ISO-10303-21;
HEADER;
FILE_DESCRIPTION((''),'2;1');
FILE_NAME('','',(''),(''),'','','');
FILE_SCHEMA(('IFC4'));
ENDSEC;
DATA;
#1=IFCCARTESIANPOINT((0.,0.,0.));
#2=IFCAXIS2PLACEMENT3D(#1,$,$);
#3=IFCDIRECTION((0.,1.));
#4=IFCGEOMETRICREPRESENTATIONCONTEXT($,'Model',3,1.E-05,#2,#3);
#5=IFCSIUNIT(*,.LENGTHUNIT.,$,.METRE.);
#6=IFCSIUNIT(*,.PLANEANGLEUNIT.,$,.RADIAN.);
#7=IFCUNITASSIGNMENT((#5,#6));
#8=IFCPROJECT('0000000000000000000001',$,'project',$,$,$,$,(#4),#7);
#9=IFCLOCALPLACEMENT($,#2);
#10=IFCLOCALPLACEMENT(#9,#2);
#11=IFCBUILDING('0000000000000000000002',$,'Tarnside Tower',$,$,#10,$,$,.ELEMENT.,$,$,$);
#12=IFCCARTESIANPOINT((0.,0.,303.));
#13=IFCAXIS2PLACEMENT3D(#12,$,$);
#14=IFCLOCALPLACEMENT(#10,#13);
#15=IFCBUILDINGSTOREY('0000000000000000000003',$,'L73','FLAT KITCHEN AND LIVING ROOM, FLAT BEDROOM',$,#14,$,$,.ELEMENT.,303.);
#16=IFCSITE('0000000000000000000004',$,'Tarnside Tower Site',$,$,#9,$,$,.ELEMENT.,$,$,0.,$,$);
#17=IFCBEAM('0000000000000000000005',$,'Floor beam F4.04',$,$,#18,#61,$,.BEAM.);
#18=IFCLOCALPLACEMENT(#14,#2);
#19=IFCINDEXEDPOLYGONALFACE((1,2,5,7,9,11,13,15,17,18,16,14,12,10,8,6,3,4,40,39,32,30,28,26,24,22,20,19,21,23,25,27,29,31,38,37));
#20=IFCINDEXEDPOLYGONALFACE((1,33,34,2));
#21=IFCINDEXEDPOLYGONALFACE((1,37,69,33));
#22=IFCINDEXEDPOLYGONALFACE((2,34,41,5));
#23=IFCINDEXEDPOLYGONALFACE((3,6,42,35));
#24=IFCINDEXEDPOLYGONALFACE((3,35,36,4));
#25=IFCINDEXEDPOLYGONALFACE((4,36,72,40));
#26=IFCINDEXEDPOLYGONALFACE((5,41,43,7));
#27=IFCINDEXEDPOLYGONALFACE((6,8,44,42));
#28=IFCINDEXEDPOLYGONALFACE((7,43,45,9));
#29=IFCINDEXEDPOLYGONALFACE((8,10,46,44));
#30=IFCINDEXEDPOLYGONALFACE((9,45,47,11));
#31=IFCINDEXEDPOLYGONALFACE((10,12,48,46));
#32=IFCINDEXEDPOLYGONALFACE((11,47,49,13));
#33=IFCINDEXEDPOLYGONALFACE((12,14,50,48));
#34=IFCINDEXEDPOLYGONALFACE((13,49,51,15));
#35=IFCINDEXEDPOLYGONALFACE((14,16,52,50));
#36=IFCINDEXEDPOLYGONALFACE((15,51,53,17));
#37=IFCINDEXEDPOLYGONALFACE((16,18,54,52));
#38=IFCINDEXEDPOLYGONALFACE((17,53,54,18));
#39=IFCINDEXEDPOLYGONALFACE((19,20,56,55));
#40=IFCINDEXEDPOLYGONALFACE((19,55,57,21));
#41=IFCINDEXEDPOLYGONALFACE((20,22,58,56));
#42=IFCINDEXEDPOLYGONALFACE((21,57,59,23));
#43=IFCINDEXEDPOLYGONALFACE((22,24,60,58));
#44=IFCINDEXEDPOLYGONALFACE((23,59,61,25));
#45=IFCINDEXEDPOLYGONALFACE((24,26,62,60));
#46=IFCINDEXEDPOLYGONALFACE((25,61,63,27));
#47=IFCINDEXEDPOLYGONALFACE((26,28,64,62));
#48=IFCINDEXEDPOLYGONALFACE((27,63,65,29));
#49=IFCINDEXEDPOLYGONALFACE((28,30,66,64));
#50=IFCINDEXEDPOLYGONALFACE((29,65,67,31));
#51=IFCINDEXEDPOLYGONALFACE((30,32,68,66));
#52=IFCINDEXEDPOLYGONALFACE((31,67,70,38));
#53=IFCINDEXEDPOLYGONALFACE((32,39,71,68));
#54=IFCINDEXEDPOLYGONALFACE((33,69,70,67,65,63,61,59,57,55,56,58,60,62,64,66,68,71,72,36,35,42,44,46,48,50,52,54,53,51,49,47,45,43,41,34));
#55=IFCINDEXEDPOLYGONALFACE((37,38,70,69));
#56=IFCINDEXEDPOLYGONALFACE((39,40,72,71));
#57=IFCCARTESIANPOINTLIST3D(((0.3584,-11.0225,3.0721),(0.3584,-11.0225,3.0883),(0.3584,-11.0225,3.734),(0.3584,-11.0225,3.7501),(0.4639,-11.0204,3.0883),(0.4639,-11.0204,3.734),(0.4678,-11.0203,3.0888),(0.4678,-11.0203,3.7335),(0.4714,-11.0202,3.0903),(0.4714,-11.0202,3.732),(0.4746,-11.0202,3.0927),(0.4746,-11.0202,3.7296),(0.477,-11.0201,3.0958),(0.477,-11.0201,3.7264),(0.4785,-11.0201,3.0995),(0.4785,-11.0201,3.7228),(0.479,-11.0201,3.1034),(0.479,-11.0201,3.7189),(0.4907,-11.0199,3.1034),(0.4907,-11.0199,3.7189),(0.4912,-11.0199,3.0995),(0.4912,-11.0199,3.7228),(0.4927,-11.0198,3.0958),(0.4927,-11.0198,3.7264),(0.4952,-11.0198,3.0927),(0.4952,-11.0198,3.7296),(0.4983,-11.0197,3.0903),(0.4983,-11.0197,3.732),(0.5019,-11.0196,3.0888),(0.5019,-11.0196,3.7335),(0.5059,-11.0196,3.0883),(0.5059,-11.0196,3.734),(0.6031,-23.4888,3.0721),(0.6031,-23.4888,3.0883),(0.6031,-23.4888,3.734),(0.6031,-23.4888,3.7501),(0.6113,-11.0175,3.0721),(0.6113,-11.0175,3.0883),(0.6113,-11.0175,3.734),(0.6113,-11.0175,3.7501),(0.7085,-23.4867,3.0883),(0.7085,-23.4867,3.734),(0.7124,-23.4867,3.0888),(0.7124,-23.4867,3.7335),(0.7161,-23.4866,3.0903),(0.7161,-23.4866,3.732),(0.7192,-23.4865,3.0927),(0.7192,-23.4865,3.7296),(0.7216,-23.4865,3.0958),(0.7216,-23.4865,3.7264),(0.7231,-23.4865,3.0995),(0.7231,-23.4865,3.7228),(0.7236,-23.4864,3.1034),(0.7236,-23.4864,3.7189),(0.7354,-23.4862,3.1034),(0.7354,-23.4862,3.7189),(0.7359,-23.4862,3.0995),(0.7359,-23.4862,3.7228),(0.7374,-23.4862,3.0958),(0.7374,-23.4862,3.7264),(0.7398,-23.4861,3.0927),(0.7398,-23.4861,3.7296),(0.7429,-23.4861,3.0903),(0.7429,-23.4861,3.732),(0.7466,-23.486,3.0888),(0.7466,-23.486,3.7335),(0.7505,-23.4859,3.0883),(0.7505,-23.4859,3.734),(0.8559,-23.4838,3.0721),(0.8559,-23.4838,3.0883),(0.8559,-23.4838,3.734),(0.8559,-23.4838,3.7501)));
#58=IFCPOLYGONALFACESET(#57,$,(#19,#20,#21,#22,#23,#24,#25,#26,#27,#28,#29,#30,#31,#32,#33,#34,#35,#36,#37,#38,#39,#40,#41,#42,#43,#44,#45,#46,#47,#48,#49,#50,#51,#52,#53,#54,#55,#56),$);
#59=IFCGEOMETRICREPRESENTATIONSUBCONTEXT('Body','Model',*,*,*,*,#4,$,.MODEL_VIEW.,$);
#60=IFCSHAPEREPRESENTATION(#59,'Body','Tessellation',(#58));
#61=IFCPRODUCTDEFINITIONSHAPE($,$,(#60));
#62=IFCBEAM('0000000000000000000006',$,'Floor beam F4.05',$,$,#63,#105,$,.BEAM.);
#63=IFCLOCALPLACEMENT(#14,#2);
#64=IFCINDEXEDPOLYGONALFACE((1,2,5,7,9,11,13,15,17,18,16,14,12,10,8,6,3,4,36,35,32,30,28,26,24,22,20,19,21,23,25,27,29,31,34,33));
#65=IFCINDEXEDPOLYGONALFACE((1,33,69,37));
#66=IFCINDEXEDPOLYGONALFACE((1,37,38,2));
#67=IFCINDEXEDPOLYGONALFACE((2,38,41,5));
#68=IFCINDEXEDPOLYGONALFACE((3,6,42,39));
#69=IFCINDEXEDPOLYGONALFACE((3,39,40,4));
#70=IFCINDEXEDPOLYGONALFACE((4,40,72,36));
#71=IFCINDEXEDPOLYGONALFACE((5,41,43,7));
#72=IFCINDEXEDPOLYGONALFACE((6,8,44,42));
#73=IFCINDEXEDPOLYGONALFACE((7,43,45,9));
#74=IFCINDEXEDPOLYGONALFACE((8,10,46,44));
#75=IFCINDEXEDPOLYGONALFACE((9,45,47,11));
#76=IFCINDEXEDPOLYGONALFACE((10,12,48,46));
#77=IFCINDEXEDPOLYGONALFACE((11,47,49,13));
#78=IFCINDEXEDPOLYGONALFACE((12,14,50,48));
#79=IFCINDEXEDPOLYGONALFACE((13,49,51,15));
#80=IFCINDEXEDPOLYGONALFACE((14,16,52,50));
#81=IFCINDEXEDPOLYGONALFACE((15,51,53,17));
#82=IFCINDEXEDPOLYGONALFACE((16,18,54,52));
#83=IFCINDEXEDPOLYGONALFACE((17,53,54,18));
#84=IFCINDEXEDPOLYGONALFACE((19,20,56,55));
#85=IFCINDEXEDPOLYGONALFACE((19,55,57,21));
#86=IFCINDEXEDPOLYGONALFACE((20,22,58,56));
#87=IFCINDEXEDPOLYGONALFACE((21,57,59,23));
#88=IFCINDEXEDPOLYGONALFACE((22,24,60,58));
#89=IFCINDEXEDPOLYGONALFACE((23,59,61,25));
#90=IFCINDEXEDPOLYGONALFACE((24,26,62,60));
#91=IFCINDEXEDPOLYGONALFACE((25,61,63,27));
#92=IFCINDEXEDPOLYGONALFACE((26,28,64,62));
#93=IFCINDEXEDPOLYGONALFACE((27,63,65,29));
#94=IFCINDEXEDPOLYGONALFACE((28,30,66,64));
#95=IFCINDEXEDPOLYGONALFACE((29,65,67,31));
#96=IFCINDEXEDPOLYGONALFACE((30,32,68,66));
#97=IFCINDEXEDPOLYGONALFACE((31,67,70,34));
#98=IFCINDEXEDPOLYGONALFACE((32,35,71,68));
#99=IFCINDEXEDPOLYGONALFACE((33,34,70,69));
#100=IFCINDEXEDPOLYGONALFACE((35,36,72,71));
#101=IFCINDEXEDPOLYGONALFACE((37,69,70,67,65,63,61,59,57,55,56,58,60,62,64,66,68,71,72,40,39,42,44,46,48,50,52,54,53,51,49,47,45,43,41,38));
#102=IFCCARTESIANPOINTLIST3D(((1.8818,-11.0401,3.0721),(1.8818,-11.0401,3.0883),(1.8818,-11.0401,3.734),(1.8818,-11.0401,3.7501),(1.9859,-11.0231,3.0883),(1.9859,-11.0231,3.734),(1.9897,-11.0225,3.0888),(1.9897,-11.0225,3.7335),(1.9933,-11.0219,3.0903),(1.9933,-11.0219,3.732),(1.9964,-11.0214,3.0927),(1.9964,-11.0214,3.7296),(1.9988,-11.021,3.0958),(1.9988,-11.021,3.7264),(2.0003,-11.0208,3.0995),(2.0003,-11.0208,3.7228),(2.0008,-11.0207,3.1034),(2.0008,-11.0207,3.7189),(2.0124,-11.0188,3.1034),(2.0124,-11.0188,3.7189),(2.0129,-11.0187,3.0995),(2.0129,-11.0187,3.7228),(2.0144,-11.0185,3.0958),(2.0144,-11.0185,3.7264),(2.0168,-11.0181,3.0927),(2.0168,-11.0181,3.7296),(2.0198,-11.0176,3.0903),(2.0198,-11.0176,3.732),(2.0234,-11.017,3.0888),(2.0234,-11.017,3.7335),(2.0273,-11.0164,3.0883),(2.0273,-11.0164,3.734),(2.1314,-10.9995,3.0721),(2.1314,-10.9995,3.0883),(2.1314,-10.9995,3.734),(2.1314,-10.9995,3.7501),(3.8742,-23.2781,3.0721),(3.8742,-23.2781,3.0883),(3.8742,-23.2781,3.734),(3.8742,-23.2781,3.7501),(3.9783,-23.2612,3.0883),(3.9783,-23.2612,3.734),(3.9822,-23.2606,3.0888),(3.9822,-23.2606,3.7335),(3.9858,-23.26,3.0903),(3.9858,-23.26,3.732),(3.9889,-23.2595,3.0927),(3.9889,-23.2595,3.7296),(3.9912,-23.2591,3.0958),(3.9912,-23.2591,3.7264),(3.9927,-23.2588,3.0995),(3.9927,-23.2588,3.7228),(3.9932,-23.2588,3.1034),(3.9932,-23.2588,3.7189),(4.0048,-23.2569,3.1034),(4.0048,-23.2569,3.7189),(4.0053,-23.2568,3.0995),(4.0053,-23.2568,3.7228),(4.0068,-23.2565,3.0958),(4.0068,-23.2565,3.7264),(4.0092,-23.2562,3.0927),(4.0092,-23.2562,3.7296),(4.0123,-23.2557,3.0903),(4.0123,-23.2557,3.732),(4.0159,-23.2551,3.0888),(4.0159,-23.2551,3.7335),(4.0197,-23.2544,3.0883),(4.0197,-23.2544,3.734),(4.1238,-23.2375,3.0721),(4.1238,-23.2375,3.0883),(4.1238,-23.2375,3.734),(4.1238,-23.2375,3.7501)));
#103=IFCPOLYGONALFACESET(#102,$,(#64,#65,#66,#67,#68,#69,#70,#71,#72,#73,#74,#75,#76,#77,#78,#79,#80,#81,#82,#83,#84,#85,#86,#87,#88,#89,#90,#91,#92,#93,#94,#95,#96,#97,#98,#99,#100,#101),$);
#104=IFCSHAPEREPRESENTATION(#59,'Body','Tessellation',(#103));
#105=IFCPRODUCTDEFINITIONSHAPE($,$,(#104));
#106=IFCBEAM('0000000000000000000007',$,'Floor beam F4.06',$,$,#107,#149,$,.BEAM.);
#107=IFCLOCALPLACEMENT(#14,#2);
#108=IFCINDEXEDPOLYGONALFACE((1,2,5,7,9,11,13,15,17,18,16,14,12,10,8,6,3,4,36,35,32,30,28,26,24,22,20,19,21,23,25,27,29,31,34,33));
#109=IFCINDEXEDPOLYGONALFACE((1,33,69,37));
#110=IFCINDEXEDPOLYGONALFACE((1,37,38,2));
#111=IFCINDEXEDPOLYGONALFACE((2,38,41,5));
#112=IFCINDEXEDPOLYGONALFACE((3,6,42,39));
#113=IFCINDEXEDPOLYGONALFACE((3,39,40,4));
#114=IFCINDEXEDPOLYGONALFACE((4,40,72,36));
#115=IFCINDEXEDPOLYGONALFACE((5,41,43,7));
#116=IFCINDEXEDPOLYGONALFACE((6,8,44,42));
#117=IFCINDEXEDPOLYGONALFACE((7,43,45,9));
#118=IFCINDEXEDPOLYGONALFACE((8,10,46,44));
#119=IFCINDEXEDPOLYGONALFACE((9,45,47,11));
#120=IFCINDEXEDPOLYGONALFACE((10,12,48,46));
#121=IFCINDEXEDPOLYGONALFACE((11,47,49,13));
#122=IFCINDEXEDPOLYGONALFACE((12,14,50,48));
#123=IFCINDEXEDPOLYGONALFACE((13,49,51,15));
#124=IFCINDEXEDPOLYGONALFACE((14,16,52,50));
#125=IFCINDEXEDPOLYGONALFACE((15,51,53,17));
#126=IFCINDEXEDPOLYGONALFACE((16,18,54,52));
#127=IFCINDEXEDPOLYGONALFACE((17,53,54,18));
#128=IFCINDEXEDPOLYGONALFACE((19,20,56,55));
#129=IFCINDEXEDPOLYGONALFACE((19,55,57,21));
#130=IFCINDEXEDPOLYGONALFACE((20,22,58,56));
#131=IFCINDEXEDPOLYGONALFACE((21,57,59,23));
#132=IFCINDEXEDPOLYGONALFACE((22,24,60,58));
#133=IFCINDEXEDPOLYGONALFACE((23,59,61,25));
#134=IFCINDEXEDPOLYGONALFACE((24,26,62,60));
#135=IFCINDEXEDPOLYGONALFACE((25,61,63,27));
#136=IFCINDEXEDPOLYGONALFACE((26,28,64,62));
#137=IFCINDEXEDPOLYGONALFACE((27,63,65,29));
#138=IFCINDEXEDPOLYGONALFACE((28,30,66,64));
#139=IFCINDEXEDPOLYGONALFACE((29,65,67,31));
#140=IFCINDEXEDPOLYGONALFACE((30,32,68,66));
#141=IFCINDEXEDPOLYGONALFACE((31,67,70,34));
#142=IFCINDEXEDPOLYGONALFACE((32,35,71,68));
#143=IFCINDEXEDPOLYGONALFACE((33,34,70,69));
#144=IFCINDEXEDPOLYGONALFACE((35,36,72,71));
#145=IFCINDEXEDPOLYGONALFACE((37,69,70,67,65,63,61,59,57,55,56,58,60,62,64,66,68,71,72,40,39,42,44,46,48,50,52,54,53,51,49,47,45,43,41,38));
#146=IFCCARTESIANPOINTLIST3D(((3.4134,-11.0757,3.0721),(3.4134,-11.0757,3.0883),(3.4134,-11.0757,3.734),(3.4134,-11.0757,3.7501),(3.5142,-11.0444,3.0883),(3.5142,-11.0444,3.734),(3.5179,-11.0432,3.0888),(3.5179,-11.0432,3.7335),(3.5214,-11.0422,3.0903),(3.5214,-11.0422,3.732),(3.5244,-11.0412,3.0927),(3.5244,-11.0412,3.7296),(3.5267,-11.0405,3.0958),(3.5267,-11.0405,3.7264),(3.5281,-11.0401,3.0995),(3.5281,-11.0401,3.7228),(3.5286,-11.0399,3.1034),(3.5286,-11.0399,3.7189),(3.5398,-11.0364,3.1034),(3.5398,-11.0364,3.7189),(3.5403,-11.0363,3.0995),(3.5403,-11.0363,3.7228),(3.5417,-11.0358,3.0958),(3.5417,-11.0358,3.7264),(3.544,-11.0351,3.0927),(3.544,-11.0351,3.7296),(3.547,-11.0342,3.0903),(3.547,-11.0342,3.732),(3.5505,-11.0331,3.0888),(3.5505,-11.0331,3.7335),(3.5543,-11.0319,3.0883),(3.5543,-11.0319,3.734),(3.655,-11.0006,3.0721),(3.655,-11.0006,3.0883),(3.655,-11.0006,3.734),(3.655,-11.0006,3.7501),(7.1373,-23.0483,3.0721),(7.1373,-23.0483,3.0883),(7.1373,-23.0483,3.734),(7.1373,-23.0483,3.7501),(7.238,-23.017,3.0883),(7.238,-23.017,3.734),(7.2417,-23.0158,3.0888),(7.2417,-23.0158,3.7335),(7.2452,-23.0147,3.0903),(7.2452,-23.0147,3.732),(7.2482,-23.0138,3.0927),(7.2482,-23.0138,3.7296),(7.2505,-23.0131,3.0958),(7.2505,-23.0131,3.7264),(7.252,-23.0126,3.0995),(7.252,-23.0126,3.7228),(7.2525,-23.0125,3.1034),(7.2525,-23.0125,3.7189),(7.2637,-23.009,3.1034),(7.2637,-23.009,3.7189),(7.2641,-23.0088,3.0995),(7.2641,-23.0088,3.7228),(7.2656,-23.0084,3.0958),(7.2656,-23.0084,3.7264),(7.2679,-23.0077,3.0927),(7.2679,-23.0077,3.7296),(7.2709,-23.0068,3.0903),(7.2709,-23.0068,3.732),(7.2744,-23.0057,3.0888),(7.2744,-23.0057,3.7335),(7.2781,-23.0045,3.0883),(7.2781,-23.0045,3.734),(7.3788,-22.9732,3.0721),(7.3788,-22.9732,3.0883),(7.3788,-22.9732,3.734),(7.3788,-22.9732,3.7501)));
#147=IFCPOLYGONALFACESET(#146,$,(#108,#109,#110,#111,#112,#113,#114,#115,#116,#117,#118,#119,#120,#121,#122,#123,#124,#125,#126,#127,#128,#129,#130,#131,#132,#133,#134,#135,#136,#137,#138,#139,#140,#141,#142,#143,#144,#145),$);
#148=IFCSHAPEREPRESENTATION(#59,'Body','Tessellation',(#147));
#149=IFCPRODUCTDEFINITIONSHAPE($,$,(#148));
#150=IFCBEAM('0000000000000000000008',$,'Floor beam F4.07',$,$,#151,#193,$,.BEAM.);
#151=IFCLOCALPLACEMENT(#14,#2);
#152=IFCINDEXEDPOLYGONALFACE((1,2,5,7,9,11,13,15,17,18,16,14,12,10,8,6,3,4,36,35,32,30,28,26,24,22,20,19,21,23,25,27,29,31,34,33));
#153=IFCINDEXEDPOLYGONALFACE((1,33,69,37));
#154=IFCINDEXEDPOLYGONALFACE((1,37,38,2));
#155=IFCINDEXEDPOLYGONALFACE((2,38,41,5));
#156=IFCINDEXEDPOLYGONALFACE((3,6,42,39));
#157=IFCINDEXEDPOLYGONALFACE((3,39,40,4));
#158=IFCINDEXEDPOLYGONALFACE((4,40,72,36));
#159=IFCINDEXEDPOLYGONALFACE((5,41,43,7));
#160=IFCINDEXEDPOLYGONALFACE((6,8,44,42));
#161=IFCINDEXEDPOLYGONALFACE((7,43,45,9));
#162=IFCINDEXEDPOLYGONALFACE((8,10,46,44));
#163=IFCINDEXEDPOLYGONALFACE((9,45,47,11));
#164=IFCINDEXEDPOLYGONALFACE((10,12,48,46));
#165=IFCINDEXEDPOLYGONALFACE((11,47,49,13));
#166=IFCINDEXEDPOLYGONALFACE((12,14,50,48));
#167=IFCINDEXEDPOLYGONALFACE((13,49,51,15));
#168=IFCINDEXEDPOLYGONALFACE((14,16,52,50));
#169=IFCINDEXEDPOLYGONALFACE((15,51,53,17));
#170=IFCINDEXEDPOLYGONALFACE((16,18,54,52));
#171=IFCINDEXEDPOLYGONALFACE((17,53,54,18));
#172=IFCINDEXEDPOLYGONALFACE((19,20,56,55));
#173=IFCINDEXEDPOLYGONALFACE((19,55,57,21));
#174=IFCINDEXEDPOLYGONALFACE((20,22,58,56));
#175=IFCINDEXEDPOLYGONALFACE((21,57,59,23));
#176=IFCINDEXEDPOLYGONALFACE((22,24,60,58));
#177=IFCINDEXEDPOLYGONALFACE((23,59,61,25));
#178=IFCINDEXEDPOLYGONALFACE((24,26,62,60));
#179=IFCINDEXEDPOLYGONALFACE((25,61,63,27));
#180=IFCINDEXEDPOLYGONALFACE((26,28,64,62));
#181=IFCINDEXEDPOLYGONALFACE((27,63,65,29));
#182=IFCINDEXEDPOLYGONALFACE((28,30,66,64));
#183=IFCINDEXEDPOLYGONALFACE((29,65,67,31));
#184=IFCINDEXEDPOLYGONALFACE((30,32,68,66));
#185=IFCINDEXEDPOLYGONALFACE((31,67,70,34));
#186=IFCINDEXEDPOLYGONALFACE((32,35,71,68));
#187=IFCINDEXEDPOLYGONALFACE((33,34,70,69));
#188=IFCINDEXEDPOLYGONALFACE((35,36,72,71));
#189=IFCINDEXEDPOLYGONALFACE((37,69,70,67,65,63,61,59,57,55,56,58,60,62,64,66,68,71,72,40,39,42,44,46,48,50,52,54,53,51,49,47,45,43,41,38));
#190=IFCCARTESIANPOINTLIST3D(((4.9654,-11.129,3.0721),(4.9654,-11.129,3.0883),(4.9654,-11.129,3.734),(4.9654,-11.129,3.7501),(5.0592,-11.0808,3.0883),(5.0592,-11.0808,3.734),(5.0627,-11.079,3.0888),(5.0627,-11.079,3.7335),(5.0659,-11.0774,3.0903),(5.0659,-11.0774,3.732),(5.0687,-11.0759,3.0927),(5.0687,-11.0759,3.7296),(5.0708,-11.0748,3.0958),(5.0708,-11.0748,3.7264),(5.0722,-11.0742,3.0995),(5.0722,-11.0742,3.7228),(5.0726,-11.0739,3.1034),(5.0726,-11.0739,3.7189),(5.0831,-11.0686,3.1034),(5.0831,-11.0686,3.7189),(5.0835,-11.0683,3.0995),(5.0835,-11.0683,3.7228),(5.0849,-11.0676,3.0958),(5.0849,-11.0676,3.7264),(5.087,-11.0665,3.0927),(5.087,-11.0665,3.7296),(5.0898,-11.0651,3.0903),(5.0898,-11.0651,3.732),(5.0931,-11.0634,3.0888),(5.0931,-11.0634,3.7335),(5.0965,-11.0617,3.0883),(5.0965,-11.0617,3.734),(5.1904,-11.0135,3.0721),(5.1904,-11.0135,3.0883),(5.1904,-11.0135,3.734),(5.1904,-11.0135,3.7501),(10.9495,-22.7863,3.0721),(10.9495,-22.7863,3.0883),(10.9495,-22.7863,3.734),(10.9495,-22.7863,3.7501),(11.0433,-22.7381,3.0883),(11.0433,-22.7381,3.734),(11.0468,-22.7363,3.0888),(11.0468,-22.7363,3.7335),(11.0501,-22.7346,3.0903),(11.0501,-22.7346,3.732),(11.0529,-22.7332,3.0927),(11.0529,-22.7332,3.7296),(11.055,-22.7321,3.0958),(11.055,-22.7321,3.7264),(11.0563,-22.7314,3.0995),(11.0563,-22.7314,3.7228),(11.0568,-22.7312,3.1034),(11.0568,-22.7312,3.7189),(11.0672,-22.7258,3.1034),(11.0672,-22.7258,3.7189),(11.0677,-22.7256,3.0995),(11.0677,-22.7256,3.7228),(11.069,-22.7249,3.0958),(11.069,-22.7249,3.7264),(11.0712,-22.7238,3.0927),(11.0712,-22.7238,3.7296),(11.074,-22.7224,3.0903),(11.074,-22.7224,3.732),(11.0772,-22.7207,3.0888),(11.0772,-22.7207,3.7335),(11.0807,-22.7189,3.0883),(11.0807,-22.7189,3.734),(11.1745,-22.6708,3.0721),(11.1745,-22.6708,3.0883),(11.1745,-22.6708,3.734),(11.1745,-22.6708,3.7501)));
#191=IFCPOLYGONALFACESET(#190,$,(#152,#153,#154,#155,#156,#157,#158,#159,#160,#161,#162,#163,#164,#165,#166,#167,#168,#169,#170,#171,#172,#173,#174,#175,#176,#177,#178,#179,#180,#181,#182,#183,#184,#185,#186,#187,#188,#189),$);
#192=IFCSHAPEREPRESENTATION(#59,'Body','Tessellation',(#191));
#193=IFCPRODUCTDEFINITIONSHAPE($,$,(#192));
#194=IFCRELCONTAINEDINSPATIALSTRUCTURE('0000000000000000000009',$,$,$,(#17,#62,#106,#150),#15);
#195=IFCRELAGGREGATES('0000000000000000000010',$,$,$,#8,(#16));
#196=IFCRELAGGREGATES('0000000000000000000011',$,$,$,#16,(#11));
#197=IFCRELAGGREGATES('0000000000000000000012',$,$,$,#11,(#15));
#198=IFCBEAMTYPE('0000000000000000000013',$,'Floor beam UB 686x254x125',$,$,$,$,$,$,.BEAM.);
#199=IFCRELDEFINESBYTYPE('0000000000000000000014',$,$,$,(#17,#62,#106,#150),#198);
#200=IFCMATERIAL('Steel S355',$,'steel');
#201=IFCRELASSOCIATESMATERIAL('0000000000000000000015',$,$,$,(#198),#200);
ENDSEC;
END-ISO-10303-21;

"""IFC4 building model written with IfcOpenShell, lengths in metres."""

from ifc_helpers import new_model, si_unit, direction, frame, origin, origin_2d, place, context, subcontext, project, spatial, i_section, extrude, material, material_profile, profile_set, type_object, element, save


model = new_model("IFC4")

# Units and contexts
model_context = context("Model", 3, precision=1e-05, world=origin(), true_north=direction((0.0, 1.0)))
body_context = subcontext(model_context, "Body", "Model", "MODEL_VIEW")
ifc_project = project(units=[si_unit("LENGTHUNIT", "METRE"), si_unit("PLANEANGLEUNIT", "RADIAN")], contexts=[model_context])

# Site, building, storey
site_placement = place(None, origin())
site = spatial("IfcSite", under=ifc_project, at=site_placement, Name="Tarnside Tower Site", CompositionType="ELEMENT", RefElevation=0.0)
building_placement = place(site_placement, origin())
building = spatial("IfcBuilding", under=site, at=building_placement, Name="Tarnside Tower", CompositionType="ELEMENT")
storey_placement = place(building_placement, frame((0.0, 0.0, 303.0)))
storey = spatial("IfcBuildingStorey", under=building, at=storey_placement, Name="L73", Description="FLAT KITCHEN AND LIVING ROOM, FLAT BEDROOM", CompositionType="ELEMENT", Elevation=303.0)

# Beams
ifc_material_1 = material(Name="Steel S355", Category="steel")
ifc_material_profile = material_profile(ifc_material_1, i_section(OverallWidth=0.2529, OverallDepth=0.678, WebThickness=0.0117, FlangeThickness=0.0161, FilletRadius=0.0151, at=origin_2d()), Name="UB 686x254x125")
ifc_profile_set = profile_set([ifc_material_profile], Name="Steel S355")
beam_type = type_object("IfcBeamType", Name="Floor beam UB 686x254x125", PredefinedType="BEAM", material=ifc_profile_set)
beam_1_placement = place(storey_placement, frame((0.7295, -23.4863, 3.4111), z_axis=(-0.019619, 0.999808, 0.0), x_axis=(-0.999808, -0.019619, 0.0)))
element("IfcBeam", 1, at=beam_1_placement, inside=storey, type_object=beam_type, Name="Floor beam F4.04", PredefinedType="BEAM", context=body_context, shape_type="SweptSolid", body=[
    extrude(i_section(OverallWidth=0.2529, OverallDepth=0.678, WebThickness=0.0117, FlangeThickness=0.0161, FilletRadius=0.0151, at=origin_2d()), origin(), (0.0, 0.0, 1.0), 12.4688),
])
beam_2_placement = place(storey_placement, frame((3.999, -23.2578, 3.4111), z_axis=(-0.160691, 0.987005, 0.0), x_axis=(-0.987005, -0.160691, 0.0)))
element("IfcBeam", 2, at=beam_2_placement, inside=storey, type_object=beam_type, Name="Floor beam F4.05", PredefinedType="BEAM", context=body_context, shape_type="SweptSolid", body=[
    extrude(i_section(OverallWidth=0.2529, OverallDepth=0.678, WebThickness=0.0117, FlangeThickness=0.0161, FilletRadius=0.0151, at=origin_2d()), origin(), (0.0, 0.0, 1.0), 12.3992),
])
beam_3_placement = place(storey_placement, frame((7.2581, -23.0107, 3.4111), z_axis=(-0.296998, 0.954878, 0.0), x_axis=(-0.954878, -0.296998, 0.0)))
element("IfcBeam", 3, at=beam_3_placement, inside=storey, type_object=beam_type, Name="Floor beam F4.06", PredefinedType="BEAM", context=body_context, shape_type="SweptSolid", body=[
    extrude(i_section(OverallWidth=0.2529, OverallDepth=0.678, WebThickness=0.0117, FlangeThickness=0.0161, FilletRadius=0.0151, at=origin_2d()), origin(), (0.0, 0.0, 1.0), 12.5383),
])
beam_4_placement = place(storey_placement, frame((11.062, -22.7285, 3.4111), z_axis=(-0.456683, 0.889629, 0.0), x_axis=(-0.889629, -0.456683, 0.0)))
element("IfcBeam", 4, at=beam_4_placement, inside=storey, type_object=beam_type, Name="Floor beam F4.07", PredefinedType="BEAM", context=body_context, shape_type="SweptSolid", body=[
    extrude(i_section(OverallWidth=0.2529, OverallDepth=0.678, WebThickness=0.0117, FlangeThickness=0.0161, FilletRadius=0.0151, at=origin_2d()), origin(), (0.0, 0.0, 1.0), 13.1035),
])

save(model, "model.ifc")
